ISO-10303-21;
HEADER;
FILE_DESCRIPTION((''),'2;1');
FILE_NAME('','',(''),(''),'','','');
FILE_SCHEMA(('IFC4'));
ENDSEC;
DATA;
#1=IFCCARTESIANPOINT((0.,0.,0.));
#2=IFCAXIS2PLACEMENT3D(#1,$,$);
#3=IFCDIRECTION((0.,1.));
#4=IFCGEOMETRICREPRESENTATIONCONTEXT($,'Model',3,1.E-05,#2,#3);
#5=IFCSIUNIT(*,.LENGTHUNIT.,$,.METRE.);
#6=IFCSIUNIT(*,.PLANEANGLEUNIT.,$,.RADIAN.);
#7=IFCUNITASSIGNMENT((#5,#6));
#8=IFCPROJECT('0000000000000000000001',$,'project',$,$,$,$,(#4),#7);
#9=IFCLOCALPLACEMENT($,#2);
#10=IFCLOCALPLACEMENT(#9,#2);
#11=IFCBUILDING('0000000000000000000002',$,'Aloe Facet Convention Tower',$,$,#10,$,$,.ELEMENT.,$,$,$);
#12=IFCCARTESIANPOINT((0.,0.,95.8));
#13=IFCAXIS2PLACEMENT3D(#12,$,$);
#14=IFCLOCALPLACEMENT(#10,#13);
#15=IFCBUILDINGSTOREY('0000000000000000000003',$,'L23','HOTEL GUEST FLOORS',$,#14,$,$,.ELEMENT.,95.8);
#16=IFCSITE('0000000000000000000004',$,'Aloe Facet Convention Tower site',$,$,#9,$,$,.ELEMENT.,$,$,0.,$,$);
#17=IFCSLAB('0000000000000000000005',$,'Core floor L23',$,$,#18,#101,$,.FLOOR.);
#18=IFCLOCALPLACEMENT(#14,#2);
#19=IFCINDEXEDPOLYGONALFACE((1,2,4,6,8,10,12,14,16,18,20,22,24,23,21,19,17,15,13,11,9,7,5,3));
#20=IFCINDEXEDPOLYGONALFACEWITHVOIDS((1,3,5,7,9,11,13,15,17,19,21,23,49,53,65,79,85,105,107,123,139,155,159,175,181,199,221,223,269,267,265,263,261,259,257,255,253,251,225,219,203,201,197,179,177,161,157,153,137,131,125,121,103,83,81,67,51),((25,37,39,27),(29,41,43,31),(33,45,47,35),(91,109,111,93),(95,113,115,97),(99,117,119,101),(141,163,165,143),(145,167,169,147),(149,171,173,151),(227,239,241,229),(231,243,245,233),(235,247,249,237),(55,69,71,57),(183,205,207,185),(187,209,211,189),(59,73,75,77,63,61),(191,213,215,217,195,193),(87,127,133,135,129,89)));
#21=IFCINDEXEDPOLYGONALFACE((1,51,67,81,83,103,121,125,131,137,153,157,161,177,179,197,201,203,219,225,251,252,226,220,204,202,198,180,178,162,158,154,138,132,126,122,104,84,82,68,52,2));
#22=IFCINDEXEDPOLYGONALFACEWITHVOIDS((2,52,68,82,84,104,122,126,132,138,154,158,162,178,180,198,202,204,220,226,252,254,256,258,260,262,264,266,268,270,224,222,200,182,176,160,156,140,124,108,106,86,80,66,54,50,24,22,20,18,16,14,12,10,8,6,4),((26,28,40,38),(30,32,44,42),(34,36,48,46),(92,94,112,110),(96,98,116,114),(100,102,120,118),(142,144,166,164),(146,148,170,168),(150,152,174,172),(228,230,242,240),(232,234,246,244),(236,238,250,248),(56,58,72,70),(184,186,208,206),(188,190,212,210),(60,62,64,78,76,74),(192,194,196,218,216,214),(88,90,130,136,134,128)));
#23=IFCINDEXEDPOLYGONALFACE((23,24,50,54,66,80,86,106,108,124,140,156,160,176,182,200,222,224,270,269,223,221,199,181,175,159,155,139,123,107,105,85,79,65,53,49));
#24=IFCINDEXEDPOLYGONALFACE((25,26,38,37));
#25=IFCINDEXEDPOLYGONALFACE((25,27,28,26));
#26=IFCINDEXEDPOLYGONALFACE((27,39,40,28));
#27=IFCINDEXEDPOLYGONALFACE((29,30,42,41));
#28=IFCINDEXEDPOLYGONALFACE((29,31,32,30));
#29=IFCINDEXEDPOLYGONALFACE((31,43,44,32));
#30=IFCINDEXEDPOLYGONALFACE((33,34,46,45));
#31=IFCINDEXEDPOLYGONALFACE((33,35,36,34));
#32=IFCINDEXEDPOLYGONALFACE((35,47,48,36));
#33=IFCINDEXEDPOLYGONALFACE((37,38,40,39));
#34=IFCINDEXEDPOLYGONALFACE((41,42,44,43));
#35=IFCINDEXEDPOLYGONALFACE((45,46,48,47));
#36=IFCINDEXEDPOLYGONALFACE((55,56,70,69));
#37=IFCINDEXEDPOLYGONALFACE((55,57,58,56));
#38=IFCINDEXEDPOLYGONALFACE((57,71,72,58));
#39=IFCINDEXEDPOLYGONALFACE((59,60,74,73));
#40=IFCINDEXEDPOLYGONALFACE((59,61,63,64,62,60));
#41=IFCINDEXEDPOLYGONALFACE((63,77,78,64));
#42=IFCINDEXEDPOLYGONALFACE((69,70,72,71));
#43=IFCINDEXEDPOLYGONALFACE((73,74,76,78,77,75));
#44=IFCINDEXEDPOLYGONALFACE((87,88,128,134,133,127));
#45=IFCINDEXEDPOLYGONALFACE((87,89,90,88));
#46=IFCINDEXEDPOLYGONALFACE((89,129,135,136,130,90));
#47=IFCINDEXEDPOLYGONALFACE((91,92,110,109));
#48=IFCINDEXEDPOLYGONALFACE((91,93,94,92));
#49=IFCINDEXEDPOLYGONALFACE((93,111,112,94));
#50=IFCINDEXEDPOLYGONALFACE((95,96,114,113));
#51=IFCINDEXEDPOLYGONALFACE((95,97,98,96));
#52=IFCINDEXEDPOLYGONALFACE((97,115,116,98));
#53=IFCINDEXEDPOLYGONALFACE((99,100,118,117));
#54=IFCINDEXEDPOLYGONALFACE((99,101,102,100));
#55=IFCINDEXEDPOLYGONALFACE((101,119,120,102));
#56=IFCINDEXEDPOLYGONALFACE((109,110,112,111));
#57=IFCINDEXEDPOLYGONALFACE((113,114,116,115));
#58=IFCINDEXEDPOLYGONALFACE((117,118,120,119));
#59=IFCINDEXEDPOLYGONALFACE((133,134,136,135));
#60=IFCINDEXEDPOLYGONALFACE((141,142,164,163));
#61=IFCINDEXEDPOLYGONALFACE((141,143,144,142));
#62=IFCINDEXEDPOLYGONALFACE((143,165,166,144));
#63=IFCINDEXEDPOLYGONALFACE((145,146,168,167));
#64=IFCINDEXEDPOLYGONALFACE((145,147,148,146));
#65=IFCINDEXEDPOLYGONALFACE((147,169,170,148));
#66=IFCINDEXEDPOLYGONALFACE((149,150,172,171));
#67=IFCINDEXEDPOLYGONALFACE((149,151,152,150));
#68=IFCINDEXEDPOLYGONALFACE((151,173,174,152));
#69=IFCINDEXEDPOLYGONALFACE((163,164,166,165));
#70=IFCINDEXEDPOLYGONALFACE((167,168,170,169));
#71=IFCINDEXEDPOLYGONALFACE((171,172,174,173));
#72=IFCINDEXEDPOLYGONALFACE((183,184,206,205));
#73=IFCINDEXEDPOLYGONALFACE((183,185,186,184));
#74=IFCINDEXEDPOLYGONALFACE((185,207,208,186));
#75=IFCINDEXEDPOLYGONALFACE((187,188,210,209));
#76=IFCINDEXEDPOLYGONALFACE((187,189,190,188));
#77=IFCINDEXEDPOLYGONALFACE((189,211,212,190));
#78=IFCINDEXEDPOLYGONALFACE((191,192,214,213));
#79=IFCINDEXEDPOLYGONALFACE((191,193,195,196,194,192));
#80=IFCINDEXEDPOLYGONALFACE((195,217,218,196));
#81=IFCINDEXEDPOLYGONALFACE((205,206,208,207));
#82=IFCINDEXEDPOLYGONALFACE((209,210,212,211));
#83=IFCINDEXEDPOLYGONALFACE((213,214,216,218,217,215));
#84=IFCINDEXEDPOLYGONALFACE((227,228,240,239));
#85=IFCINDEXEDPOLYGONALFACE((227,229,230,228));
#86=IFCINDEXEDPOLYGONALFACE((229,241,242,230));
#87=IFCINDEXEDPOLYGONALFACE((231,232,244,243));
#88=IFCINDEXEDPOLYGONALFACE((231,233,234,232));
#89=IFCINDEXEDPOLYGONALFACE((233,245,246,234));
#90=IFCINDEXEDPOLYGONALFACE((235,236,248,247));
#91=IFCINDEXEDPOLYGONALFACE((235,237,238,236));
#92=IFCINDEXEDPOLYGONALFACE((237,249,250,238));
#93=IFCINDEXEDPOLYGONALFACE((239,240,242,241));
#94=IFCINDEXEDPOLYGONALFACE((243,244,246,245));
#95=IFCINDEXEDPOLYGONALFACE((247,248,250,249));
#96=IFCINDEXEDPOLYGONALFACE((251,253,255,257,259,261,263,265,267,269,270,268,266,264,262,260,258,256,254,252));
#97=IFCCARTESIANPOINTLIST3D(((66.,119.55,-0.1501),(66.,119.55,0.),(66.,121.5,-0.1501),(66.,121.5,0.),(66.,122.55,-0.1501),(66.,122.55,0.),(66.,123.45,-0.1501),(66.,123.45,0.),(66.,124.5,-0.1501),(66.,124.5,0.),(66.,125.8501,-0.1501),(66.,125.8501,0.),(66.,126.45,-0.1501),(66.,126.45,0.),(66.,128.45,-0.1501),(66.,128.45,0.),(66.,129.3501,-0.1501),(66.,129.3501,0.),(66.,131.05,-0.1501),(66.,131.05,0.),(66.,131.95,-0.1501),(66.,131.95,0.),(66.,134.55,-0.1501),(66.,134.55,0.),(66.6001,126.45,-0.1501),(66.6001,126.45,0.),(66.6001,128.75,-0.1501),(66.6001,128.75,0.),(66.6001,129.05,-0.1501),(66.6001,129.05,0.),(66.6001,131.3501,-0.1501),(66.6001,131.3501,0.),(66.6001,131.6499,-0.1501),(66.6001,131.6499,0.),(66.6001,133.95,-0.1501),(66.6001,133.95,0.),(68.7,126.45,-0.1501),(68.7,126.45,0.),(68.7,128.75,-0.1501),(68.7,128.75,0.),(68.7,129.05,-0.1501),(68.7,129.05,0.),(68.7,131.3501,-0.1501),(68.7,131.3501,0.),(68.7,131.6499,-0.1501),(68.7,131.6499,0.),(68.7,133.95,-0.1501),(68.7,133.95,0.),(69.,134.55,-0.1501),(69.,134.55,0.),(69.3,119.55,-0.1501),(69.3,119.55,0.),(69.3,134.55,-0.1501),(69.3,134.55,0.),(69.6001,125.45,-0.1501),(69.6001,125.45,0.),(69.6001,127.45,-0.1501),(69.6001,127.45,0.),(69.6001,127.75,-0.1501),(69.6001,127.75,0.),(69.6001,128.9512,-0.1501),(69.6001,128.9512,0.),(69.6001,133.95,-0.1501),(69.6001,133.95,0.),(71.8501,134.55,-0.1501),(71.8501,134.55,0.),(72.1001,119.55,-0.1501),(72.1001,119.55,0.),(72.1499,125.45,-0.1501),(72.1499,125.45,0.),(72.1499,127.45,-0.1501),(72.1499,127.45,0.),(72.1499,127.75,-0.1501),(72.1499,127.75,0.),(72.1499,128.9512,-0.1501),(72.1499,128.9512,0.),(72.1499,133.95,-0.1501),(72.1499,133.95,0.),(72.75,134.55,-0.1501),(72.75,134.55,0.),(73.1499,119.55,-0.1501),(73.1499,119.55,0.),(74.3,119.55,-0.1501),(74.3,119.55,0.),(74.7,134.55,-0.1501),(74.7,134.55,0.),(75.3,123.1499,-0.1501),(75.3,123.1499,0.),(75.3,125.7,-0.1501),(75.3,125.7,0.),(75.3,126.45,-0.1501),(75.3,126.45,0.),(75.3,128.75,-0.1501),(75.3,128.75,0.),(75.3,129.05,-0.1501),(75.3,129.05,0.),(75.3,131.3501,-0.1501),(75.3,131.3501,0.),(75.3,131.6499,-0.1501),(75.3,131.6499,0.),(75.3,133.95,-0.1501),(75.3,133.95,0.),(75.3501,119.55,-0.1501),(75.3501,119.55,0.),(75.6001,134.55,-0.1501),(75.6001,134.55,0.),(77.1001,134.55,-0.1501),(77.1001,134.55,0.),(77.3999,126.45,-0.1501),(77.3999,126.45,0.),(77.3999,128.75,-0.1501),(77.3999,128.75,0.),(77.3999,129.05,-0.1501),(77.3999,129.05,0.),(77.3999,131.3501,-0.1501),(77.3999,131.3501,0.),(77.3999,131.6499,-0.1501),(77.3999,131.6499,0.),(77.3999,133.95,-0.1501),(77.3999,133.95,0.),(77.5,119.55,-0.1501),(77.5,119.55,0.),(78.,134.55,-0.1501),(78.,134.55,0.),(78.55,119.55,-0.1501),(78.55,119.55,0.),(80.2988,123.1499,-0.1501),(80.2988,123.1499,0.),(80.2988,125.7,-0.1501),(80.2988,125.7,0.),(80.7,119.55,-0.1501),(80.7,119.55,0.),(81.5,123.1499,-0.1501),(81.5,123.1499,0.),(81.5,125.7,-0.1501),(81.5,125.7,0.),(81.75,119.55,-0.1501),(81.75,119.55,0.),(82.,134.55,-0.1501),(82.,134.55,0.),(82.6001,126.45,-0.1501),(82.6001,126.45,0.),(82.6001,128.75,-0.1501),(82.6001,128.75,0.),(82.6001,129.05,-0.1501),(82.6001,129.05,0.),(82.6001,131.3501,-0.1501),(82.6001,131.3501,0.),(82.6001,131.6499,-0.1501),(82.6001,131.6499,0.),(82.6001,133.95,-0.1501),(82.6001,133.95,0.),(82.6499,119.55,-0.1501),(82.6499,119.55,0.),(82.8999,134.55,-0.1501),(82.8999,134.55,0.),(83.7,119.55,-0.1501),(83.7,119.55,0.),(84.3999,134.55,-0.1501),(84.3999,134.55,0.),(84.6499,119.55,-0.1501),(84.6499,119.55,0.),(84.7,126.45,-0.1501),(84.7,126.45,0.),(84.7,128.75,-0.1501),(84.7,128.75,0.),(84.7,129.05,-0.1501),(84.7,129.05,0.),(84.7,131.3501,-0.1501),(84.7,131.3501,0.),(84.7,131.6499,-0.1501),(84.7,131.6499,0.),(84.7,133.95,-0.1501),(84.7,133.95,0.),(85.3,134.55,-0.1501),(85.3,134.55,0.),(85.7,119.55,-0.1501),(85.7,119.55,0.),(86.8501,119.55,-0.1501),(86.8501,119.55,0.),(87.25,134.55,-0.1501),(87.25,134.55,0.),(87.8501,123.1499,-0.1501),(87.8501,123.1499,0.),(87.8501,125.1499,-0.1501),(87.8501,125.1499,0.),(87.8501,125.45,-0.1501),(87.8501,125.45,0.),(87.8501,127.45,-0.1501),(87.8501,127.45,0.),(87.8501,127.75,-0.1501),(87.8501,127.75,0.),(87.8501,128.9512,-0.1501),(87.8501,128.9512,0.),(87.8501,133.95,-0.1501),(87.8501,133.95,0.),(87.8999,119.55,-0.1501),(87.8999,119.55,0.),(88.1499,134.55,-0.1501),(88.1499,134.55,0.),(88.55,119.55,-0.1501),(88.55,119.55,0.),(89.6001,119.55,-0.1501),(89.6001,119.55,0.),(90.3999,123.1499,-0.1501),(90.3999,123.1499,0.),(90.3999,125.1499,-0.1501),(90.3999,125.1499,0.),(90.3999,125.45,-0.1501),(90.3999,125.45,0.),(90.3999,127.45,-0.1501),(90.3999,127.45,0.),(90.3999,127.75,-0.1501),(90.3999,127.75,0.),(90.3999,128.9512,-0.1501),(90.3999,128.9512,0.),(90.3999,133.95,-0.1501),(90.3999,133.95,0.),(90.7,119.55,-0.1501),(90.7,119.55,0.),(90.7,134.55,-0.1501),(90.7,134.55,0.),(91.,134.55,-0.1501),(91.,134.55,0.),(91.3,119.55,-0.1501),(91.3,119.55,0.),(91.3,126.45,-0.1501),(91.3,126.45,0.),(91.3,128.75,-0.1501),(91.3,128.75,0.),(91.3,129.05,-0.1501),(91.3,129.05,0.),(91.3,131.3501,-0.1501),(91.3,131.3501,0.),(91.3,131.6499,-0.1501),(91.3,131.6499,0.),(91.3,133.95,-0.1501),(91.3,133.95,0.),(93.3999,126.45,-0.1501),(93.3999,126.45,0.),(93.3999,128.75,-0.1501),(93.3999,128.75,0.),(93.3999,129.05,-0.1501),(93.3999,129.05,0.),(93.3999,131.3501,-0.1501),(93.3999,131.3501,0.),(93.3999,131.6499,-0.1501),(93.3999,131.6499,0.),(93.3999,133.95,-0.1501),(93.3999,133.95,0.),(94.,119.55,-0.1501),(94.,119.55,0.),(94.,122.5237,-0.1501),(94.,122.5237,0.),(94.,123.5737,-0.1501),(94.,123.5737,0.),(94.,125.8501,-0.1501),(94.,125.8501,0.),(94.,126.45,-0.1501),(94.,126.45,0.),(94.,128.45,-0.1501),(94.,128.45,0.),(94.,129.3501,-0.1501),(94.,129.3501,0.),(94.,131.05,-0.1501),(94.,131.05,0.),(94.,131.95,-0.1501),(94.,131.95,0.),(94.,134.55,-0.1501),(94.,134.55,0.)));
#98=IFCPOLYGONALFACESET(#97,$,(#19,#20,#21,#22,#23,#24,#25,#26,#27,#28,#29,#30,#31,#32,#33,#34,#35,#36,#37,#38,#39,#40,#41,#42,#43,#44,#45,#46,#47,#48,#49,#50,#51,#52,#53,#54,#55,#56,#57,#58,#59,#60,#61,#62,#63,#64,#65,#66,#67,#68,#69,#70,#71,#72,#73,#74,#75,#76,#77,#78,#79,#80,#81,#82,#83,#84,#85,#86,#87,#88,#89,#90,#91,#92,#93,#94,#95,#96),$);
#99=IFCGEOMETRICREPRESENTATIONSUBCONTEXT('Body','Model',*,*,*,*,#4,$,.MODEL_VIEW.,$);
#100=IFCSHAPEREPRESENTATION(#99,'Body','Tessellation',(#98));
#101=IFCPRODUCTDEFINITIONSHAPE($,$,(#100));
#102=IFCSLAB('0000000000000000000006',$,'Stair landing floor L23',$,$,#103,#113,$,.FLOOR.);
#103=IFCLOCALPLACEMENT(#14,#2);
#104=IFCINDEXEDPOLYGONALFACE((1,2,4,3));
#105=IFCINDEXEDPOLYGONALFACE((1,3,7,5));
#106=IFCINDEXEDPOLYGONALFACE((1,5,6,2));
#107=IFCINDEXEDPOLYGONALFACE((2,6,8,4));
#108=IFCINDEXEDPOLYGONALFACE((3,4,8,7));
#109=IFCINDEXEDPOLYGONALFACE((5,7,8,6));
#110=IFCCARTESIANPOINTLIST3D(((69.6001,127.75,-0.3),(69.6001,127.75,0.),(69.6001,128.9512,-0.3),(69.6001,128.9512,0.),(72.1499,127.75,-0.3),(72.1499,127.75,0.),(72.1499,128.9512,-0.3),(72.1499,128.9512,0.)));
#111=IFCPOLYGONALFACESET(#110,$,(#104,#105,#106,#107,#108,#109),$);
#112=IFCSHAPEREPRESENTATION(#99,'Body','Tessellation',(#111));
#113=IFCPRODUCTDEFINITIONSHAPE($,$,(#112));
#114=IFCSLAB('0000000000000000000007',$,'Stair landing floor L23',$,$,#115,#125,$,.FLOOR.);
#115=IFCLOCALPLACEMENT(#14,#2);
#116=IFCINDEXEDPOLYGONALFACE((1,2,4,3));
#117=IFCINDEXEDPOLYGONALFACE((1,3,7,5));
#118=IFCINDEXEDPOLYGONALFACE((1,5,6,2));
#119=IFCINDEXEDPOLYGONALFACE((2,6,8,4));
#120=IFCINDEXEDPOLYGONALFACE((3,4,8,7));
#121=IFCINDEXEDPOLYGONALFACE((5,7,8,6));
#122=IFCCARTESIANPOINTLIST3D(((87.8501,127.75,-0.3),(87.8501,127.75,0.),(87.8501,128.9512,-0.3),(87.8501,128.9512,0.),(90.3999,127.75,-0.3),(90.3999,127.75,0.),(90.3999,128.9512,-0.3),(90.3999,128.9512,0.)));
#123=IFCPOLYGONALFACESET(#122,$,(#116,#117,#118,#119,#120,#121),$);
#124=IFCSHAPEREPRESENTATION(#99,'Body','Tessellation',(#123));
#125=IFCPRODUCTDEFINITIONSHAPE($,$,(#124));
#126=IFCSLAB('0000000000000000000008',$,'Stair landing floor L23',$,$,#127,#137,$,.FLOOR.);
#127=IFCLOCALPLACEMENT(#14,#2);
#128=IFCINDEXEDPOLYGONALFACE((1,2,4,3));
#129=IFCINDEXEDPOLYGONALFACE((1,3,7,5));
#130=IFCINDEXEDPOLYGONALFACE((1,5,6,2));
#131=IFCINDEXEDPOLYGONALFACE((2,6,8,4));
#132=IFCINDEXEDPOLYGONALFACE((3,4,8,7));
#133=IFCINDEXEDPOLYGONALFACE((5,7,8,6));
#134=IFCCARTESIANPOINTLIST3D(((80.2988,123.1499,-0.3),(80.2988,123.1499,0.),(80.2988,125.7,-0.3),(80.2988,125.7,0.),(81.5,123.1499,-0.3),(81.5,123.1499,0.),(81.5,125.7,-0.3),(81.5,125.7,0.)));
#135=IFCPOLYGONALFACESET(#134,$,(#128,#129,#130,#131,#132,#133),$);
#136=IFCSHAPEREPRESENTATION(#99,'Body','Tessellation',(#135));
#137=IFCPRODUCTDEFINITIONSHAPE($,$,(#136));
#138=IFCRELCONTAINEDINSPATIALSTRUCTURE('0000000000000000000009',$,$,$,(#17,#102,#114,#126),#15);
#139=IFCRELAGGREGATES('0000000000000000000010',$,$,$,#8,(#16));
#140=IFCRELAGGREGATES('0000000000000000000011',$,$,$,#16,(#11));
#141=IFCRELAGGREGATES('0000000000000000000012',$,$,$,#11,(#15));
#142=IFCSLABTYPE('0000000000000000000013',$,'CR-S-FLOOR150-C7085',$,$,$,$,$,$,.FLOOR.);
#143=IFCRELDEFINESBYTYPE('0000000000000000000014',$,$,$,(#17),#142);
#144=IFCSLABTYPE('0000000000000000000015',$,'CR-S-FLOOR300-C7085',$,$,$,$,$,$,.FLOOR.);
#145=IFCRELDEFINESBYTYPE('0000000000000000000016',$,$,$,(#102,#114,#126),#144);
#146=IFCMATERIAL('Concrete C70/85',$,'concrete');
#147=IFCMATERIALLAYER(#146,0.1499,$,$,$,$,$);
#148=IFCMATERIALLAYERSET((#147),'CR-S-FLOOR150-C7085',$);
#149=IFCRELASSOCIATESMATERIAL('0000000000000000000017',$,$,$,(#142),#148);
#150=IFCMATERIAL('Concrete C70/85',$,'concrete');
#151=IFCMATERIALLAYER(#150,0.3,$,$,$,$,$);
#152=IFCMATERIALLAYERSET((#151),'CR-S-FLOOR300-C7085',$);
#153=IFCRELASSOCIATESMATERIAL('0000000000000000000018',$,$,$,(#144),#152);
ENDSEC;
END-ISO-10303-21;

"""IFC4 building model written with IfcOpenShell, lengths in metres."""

from ifc_helpers import new_model, si_unit, direction, frame, origin, place, context, subcontext, project, spatial, polyline, outline, extrude, material, layer, layer_set, type_object, element, save


model = new_model("IFC4")

# Units and contexts
model_context = context("Model", 3, precision=1e-05, world=origin(), true_north=direction((0.0, 1.0)))
body_context = subcontext(model_context, "Body", "Model", "MODEL_VIEW")
ifc_project = project(units=[si_unit("LENGTHUNIT", "METRE"), si_unit("PLANEANGLEUNIT", "RADIAN")], contexts=[model_context])

# Site, building, storey
site_placement = place(None, origin())
site = spatial("IfcSite", under=ifc_project, at=site_placement, Name="Aloe Facet Convention Tower site", CompositionType="ELEMENT", RefElevation=0.0)
building_placement = place(site_placement, origin())
building = spatial("IfcBuilding", under=site, at=building_placement, Name="Aloe Facet Convention Tower", CompositionType="ELEMENT")
storey_placement = place(building_placement, frame((0.0, 0.0, 95.8)))
storey = spatial("IfcBuildingStorey", under=building, at=storey_placement, Name="L23", Description="HOTEL GUEST FLOORS", CompositionType="ELEMENT", Elevation=95.8)

# Slabs
ifc_material_1 = material(Name="Concrete C70/85", Category="concrete")
ifc_layer_1 = layer(ifc_material_1, 0.1499)
ifc_layer_set_1 = layer_set([ifc_layer_1], Name="CR-S-FLOOR150-C7085")
slab_type_1 = type_object("IfcSlabType", Name="CR-S-FLOOR150-C7085", PredefinedType="FLOOR", material=ifc_layer_set_1)
slab_1_placement = place(storey_placement, frame((0.0, 0.0, -0.1501)))
element("IfcSlab", 1, at=slab_1_placement, inside=storey, type_object=slab_type_1, Name="Core floor L23", PredefinedType="FLOOR", context=body_context, shape_type="SweptSolid", body=[
    extrude(outline(polyline([(69.3, 134.55), (71.8501, 134.55), (72.75, 134.55), (74.7, 134.55), (75.6001, 134.55), (77.1001, 134.55), (78.0, 134.55), (82.0, 134.55), (82.8999, 134.55), (84.3999, 134.55), (85.3, 134.55), (87.25, 134.55), (88.1499, 134.55), (90.7, 134.55), (91.0, 134.55), (94.0, 134.55), (94.0, 131.95), (94.0, 131.05), (94.0, 129.3501), (94.0, 128.45), (94.0, 126.45), (94.0, 125.8501), (94.0, 123.5737), (94.0, 122.5237), (94.0, 119.55), (91.3, 119.55), (90.7, 119.55), (89.6001, 119.55), (88.55, 119.55), (87.8999, 119.55), (86.8501, 119.55), (85.7, 119.55), (84.6499, 119.55), (83.7, 119.55), (82.6499, 119.55), (81.75, 119.55), (80.7, 119.55), (78.55, 119.55), (77.5, 119.55), (75.3501, 119.55), (74.3, 119.55), (73.1499, 119.55), (72.1001, 119.55), (69.3, 119.55), (66.0, 119.55), (66.0, 121.5), (66.0, 122.55), (66.0, 123.45), (66.0, 124.5), (66.0, 125.8501), (66.0, 126.45), (66.0, 128.45), (66.0, 129.3501), (66.0, 131.05), (66.0, 131.95), (66.0, 134.55), (69.0, 134.55), (69.3, 134.55)]), holes=[polyline([(75.3, 123.1499), (80.2988, 123.1499), (81.5, 123.1499), (81.5, 125.7), (80.2988, 125.7), (75.3, 125.7), (75.3, 123.1499)]), polyline([(69.6001, 125.45), (72.1499, 125.45), (72.1499, 127.45), (69.6001, 127.45), (69.6001, 125.45)]), polyline([(66.6001, 126.45), (68.7, 126.45), (68.7, 128.75), (66.6001, 128.75), (66.6001, 126.45)]), polyline([(75.3, 126.45), (77.3999, 126.45), (77.3999, 128.75), (75.3, 128.75), (75.3, 126.45)]), polyline([(66.6001, 129.05), (68.7, 129.05), (68.7, 131.3501), (66.6001, 131.3501), (66.6001, 129.05)]), polyline([(75.3, 129.05), (77.3999, 129.05), (77.3999, 131.3501), (75.3, 131.3501), (75.3, 129.05)]), polyline([(69.6001, 133.95), (69.6001, 128.9512), (69.6001, 127.75), (72.1499, 127.75), (72.1499, 128.9512), (72.1499, 133.95), (69.6001, 133.95)]), polyline([(66.6001, 133.95), (66.6001, 131.6499), (68.7, 131.6499), (68.7, 133.95), (66.6001, 133.95)]), polyline([(75.3, 133.95), (75.3, 131.6499), (77.3999, 131.6499), (77.3999, 133.95), (75.3, 133.95)]), polyline([(87.8501, 123.1499), (90.3999, 123.1499), (90.3999, 125.1499), (87.8501, 125.1499), (87.8501, 123.1499)]), polyline([(87.8501, 125.45), (90.3999, 125.45), (90.3999, 127.45), (87.8501, 127.45), (87.8501, 125.45)]), polyline([(82.6001, 126.45), (84.7, 126.45), (84.7, 128.75), (82.6001, 128.75), (82.6001, 126.45)]), polyline([(91.3, 126.45), (93.3999, 126.45), (93.3999, 128.75), (91.3, 128.75), (91.3, 126.45)]), polyline([(82.6001, 129.05), (84.7, 129.05), (84.7, 131.3501), (82.6001, 131.3501), (82.6001, 129.05)]), polyline([(91.3, 129.05), (93.3999, 129.05), (93.3999, 131.3501), (91.3, 131.3501), (91.3, 129.05)]), polyline([(87.8501, 133.95), (87.8501, 128.9512), (87.8501, 127.75), (90.3999, 127.75), (90.3999, 128.9512), (90.3999, 133.95), (87.8501, 133.95)]), polyline([(82.6001, 133.95), (82.6001, 131.6499), (84.7, 131.6499), (84.7, 133.95), (82.6001, 133.95)]), polyline([(91.3, 133.95), (91.3, 131.6499), (93.3999, 131.6499), (93.3999, 133.95), (91.3, 133.95)])]), origin(), (0.0, 0.0, 1.0), 0.1501),
])
ifc_material_2 = material(Name="Concrete C70/85", Category="concrete")
ifc_layer_2 = layer(ifc_material_2, 0.3)
ifc_layer_set_2 = layer_set([ifc_layer_2], Name="CR-S-FLOOR300-C7085")
slab_type_2 = type_object("IfcSlabType", Name="CR-S-FLOOR300-C7085", PredefinedType="FLOOR", material=ifc_layer_set_2)
slab_2_placement = place(storey_placement, frame((0.0, 0.0, -0.3)))
element("IfcSlab", 2, at=slab_2_placement, inside=storey, type_object=slab_type_2, Name="Stair landing floor L23", PredefinedType="FLOOR", context=body_context, shape_type="SweptSolid", body=[
    extrude(outline(polyline([(72.1499, 127.75), (72.1499, 128.9512), (69.6001, 128.9512), (69.6001, 127.75), (72.1499, 127.75)])), origin(), (0.0, 0.0, 1.0), 0.3),
])
slab_3_placement = place(storey_placement, frame((0.0, 0.0, -0.3)))
element("IfcSlab", 3, at=slab_3_placement, inside=storey, type_object=slab_type_2, Name="Stair landing floor L23", PredefinedType="FLOOR", context=body_context, shape_type="SweptSolid", body=[
    extrude(outline(polyline([(90.3999, 127.75), (90.3999, 128.9512), (87.8501, 128.9512), (87.8501, 127.75), (90.3999, 127.75)])), origin(), (0.0, 0.0, 1.0), 0.3),
])
slab_4_placement = place(storey_placement, frame((0.0, 0.0, -0.3)))
element("IfcSlab", 4, at=slab_4_placement, inside=storey, type_object=slab_type_2, Name="Stair landing floor L23", PredefinedType="FLOOR", context=body_context, shape_type="SweptSolid", body=[
    extrude(outline(polyline([(81.5, 125.7), (80.2988, 125.7), (80.2988, 123.1499), (81.5, 123.1499), (81.5, 125.7)])), origin(), (0.0, 0.0, 1.0), 0.3),
])

save(model, "model.ifc")
